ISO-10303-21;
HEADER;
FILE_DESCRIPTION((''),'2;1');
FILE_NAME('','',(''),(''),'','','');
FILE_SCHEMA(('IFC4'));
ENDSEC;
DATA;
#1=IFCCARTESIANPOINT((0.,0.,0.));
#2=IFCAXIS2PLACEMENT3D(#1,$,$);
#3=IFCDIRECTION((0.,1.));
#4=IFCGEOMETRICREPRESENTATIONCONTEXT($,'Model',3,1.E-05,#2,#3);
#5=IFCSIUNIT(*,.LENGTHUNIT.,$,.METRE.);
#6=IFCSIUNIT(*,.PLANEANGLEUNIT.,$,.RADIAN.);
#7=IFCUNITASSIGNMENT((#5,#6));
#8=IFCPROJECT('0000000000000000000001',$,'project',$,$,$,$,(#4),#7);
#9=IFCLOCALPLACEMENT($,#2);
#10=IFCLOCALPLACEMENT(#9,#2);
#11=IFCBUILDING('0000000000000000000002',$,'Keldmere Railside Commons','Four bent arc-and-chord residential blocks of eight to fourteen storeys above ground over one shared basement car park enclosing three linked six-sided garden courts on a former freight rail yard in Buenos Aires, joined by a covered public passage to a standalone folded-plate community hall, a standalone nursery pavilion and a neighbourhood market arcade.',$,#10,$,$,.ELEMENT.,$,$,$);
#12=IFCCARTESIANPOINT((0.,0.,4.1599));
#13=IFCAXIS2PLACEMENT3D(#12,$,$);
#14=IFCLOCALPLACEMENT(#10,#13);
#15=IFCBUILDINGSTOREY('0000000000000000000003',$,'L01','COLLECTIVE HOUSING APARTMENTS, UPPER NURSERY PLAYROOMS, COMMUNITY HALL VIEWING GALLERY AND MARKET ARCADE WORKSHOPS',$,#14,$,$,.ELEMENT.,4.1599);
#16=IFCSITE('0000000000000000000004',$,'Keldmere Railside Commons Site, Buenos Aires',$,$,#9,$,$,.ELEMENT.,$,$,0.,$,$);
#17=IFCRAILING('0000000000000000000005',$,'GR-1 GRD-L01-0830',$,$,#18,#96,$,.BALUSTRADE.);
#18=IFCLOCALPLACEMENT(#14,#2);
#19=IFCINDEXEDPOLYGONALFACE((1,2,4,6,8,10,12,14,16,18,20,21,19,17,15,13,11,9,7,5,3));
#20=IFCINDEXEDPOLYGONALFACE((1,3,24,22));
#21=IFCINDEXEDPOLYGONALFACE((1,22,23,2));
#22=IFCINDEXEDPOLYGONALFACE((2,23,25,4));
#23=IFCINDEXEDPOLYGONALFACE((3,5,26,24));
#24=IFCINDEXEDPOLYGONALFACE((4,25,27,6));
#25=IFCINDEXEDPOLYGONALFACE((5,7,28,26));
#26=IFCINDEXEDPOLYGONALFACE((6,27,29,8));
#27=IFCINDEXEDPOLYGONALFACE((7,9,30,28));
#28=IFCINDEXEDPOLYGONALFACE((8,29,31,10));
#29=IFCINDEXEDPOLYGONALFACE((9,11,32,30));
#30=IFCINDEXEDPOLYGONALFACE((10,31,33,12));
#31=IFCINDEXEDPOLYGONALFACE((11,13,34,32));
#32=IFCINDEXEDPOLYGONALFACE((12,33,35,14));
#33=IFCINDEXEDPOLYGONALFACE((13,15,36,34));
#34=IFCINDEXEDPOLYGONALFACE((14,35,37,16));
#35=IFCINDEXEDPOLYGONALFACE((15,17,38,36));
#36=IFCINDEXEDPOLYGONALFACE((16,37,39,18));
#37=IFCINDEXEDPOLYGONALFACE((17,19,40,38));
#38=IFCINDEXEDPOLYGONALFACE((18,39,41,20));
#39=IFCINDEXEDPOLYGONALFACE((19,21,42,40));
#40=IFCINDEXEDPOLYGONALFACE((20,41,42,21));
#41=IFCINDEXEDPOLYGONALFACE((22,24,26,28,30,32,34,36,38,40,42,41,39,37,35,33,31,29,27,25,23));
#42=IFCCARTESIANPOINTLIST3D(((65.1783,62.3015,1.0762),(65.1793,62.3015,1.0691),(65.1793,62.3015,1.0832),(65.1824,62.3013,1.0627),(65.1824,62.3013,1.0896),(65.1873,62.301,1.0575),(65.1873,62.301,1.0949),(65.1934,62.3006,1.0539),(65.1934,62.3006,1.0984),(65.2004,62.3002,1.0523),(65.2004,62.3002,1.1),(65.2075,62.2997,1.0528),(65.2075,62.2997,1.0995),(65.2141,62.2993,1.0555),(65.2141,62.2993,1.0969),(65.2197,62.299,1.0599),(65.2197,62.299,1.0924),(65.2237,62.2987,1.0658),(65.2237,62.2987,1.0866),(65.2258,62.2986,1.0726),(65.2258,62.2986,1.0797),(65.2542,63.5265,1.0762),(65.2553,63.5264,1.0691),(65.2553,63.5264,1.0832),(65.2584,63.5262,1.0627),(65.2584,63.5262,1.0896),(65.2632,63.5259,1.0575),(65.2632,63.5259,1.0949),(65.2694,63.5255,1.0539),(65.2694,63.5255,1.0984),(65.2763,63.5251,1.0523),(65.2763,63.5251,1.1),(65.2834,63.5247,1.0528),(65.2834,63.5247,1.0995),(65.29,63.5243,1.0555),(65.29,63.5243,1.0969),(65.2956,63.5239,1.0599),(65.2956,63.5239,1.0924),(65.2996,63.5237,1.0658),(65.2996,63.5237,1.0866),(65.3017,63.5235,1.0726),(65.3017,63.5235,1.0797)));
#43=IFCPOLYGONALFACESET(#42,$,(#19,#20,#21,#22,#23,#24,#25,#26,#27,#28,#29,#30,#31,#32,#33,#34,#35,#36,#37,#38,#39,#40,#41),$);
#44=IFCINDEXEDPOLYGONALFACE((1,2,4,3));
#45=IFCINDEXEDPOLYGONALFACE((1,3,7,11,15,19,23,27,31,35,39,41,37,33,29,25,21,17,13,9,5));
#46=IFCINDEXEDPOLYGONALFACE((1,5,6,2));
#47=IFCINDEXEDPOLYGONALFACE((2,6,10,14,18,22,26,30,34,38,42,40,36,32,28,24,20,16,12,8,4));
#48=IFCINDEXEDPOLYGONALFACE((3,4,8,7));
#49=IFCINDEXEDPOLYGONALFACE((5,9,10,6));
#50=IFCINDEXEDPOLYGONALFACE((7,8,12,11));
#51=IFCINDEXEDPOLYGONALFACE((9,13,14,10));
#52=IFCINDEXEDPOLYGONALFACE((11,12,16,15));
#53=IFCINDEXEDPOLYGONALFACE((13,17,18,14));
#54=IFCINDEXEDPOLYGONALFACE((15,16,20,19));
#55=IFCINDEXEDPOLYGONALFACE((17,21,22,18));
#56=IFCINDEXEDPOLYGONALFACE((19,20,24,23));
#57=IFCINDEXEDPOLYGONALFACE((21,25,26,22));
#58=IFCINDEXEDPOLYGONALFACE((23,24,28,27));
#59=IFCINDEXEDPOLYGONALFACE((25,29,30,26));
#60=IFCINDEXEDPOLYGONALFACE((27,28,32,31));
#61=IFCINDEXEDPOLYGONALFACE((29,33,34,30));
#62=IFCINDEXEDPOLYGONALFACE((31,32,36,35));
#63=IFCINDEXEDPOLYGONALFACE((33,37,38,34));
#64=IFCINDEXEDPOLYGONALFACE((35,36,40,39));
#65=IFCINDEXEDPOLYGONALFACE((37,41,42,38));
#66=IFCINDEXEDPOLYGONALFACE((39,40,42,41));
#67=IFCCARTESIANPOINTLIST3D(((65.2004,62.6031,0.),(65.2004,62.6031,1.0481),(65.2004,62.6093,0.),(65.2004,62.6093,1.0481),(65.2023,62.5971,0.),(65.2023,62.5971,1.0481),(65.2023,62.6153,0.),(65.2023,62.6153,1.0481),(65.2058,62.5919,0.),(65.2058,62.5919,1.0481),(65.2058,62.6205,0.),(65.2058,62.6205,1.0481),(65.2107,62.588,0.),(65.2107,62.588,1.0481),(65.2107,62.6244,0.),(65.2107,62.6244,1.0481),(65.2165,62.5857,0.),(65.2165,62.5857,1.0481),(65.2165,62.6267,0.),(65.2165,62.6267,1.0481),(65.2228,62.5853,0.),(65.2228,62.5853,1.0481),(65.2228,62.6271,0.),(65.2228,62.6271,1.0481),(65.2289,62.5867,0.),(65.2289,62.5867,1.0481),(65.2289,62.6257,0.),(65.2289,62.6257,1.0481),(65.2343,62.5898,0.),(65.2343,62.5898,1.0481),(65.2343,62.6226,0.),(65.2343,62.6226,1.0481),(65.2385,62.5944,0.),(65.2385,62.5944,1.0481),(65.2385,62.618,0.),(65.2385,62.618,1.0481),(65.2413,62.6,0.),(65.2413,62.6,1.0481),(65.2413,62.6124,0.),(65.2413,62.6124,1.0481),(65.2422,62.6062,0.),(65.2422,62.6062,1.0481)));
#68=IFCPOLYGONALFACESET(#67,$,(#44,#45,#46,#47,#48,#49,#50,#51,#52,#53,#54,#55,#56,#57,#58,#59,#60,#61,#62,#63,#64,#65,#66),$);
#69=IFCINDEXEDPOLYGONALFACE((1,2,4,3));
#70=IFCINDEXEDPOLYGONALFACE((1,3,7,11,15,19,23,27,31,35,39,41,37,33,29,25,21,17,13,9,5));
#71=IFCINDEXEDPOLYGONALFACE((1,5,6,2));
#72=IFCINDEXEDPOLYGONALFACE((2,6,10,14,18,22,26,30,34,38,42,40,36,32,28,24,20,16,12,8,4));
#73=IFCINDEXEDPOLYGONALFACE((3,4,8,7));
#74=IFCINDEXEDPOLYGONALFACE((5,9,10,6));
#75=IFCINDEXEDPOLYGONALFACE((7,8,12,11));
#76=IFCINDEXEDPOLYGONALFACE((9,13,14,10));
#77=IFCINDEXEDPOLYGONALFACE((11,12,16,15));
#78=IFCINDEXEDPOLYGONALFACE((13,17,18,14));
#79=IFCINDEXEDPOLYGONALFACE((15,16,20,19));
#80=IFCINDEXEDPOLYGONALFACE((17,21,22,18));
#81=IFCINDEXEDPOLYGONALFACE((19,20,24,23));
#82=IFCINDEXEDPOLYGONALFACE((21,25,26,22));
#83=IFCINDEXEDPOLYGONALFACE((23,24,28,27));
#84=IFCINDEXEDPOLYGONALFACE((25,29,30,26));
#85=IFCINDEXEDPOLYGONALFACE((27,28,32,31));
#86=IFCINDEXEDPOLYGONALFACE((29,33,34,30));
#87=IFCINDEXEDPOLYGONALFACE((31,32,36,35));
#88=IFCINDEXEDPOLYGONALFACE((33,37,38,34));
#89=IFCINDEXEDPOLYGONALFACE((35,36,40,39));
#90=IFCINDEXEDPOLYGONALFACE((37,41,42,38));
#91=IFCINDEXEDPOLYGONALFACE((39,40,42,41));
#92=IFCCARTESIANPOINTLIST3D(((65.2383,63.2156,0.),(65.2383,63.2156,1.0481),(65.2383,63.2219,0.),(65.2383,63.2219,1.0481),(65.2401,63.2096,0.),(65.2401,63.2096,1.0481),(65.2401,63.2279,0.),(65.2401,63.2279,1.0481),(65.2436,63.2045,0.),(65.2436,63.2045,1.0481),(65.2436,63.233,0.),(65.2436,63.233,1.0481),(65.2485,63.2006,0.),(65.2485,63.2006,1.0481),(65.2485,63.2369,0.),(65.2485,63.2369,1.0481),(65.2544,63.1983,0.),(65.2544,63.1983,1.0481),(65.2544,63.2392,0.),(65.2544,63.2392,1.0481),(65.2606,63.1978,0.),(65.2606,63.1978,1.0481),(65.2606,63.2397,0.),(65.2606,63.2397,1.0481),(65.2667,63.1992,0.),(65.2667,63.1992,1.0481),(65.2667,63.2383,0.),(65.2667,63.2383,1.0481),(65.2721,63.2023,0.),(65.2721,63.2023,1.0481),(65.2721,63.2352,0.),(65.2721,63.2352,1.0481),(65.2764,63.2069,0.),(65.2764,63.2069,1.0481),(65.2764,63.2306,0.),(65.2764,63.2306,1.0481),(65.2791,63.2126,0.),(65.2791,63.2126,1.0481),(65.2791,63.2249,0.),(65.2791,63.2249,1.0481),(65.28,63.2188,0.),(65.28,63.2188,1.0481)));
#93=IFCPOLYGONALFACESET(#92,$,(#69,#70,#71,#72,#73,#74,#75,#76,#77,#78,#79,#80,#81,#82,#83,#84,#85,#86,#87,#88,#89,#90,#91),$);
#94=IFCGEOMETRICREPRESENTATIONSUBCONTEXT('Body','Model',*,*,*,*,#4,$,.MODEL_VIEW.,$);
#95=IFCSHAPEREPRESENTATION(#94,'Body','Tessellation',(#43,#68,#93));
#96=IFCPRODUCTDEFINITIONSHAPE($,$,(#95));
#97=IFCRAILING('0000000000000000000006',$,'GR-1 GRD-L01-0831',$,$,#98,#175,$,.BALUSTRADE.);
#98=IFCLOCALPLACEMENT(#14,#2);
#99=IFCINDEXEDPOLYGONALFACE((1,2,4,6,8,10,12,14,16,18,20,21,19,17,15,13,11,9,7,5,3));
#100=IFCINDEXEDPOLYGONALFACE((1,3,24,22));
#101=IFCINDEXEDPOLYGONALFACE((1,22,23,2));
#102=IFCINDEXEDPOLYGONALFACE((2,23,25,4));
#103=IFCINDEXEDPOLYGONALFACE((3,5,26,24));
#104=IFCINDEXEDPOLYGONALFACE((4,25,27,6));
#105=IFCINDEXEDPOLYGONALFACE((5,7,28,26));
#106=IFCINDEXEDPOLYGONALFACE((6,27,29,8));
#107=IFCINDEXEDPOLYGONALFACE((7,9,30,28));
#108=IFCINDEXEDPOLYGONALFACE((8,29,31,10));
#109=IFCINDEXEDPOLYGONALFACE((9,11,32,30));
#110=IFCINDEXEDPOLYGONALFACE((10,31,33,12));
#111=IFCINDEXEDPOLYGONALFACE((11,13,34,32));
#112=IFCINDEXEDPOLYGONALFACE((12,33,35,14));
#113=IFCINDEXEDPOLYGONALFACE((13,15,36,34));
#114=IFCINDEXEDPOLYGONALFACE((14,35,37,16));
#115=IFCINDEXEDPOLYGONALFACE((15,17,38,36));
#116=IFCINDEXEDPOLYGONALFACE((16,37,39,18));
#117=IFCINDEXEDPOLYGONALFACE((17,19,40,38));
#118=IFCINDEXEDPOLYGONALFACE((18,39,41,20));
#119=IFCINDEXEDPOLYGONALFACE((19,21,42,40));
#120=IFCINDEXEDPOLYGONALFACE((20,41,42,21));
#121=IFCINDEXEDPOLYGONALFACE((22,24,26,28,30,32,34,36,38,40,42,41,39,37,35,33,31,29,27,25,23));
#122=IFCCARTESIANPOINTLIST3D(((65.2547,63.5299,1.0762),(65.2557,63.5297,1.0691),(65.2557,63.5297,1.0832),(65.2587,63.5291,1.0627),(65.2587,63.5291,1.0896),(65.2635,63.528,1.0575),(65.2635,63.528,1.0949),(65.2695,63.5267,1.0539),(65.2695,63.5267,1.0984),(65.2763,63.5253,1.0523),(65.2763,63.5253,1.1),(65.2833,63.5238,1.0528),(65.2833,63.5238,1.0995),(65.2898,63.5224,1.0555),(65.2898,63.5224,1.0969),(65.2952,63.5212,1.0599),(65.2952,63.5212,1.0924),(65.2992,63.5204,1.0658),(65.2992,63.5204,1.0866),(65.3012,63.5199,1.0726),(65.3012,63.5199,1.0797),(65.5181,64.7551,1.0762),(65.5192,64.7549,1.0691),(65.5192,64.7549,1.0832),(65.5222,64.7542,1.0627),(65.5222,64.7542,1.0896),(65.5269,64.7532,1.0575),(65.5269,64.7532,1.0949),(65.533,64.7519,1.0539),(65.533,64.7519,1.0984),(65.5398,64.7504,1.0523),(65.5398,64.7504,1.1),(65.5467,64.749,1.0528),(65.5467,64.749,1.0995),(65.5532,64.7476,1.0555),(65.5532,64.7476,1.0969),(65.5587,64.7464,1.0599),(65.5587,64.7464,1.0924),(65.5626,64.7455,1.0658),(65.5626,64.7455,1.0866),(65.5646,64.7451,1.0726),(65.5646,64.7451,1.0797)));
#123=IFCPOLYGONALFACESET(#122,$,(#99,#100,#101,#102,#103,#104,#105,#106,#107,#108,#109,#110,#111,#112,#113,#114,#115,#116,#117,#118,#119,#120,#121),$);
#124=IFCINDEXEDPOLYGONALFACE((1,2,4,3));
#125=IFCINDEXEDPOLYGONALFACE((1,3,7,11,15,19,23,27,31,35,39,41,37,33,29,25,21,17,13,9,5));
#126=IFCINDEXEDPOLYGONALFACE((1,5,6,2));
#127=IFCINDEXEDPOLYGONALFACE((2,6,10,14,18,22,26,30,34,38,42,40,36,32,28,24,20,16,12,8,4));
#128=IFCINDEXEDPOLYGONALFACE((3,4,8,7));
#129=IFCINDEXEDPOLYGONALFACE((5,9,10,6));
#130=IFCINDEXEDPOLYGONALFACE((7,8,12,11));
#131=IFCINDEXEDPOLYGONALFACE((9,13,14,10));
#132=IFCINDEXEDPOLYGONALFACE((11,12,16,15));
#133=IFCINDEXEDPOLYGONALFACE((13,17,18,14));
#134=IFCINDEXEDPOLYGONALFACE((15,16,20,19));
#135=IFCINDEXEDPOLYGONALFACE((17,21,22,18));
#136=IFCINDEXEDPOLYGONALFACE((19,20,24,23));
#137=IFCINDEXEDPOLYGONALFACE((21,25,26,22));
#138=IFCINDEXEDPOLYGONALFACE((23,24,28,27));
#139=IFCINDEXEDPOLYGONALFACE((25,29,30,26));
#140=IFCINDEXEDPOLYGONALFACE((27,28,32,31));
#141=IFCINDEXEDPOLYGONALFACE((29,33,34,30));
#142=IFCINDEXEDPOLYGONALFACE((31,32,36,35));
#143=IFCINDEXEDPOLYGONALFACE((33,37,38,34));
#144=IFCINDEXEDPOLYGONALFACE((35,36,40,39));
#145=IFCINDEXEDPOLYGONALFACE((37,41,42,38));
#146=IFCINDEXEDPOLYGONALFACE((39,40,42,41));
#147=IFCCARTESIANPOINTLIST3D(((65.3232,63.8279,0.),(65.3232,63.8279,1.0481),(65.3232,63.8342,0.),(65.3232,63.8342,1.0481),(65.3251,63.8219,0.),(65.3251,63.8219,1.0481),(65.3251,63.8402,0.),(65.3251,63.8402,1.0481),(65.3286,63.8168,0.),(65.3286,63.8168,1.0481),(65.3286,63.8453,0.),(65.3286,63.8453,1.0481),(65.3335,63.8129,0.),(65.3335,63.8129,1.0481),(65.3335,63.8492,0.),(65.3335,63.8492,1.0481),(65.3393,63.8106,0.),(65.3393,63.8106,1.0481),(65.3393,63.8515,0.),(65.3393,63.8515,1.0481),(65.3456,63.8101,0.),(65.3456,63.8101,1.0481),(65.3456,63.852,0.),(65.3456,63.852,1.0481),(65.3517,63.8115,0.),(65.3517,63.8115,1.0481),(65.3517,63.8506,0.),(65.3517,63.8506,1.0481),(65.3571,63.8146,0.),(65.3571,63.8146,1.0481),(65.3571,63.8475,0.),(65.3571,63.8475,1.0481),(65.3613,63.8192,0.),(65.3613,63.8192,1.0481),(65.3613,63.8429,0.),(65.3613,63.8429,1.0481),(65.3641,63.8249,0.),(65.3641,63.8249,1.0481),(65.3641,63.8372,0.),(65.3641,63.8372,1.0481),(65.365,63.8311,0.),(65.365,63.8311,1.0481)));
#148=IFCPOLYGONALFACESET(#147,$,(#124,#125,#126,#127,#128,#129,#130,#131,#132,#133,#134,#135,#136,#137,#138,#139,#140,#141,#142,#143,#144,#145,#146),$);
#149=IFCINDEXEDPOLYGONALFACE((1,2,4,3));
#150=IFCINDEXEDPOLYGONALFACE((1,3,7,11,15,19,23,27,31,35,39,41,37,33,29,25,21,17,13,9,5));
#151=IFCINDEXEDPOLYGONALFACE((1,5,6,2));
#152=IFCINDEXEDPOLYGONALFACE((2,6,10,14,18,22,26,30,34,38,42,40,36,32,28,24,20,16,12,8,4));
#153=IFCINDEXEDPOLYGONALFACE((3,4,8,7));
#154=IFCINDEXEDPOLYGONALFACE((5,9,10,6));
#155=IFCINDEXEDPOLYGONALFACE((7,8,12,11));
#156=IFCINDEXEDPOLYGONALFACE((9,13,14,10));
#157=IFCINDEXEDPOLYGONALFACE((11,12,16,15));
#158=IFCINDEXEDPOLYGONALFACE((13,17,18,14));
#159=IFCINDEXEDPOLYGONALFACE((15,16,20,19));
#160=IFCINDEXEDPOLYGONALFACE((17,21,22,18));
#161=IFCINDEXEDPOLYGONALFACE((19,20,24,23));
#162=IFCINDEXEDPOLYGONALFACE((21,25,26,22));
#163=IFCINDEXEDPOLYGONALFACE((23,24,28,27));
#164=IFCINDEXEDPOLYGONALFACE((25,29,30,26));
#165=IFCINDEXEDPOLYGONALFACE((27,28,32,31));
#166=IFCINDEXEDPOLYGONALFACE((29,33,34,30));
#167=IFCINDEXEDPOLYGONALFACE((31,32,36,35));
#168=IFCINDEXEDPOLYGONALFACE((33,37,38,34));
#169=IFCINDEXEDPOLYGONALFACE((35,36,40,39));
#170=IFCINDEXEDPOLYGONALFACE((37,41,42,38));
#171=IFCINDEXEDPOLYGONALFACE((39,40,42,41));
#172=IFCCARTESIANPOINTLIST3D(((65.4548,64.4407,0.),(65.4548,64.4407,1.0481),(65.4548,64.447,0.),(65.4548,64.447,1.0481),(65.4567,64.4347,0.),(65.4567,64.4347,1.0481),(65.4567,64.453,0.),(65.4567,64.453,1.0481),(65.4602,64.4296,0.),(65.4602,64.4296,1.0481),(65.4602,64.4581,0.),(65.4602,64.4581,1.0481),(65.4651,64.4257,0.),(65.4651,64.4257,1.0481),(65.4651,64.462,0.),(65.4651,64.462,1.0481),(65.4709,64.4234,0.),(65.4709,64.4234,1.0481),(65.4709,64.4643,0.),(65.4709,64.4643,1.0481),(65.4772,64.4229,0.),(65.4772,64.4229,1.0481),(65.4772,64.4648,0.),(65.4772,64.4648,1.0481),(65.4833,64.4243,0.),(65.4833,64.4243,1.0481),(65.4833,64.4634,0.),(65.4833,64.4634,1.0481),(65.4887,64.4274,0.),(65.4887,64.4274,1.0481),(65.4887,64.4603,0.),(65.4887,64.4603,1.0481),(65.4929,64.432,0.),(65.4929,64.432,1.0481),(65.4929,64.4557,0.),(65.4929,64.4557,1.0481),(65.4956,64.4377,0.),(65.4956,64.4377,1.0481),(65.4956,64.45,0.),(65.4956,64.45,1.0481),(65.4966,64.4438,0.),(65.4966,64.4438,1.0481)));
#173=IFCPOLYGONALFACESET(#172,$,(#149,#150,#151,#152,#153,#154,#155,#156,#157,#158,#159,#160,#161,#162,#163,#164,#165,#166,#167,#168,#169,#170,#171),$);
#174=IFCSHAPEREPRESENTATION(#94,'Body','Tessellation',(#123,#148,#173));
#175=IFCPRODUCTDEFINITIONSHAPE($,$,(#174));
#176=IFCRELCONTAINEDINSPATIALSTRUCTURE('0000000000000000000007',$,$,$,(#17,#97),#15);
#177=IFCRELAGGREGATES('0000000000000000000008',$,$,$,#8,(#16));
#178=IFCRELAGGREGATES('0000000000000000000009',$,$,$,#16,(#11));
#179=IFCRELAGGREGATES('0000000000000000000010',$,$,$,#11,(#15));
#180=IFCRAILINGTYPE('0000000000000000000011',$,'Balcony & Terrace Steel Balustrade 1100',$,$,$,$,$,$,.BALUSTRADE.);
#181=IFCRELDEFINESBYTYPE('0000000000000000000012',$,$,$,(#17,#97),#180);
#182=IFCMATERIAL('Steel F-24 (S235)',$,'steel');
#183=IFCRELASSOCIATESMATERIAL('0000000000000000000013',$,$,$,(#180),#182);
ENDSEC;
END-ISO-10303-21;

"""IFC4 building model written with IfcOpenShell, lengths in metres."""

from ifc_helpers import new_model, si_unit, direction, frame, origin, origin_2d, place, context, subcontext, project, spatial, circle, extrude, material, type_object, element, save


model = new_model("IFC4")

# Units and contexts
model_context = context("Model", 3, precision=1e-05, world=origin(), true_north=direction((0.0, 1.0)))
body_context = subcontext(model_context, "Body", "Model", "MODEL_VIEW")
ifc_project = project(units=[si_unit("LENGTHUNIT", "METRE"), si_unit("PLANEANGLEUNIT", "RADIAN")], contexts=[model_context])

# Site, building, storey
site_placement = place(None, origin())
site = spatial("IfcSite", under=ifc_project, at=site_placement, Name="Keldmere Railside Commons Site, Buenos Aires", CompositionType="ELEMENT", RefElevation=0.0)
building_placement = place(site_placement, origin())
building = spatial("IfcBuilding", under=site, at=building_placement, Name="Keldmere Railside Commons", Description="Four bent arc-and-chord residential blocks of eight to fourteen storeys above ground over one shared basement car park enclosing three linked six-sided garden courts on a former freight rail yard in Buenos Aires, joined by a covered public passage to a standalone folded-plate community hall, a standalone nursery pavilion and a neighbourhood market arcade.", CompositionType="ELEMENT")
storey_placement = place(building_placement, frame((0.0, 0.0, 4.1599)))
storey = spatial("IfcBuildingStorey", under=building, at=storey_placement, Name="L01", Description="COLLECTIVE HOUSING APARTMENTS, UPPER NURSERY PLAYROOMS, COMMUNITY HALL VIEWING GALLERY AND MARKET ARCADE WORKSHOPS", CompositionType="ELEMENT", Elevation=4.1599)

# Railings
ifc_material_1 = material(Name="Steel F-24 (S235)", Category="steel")
railing_type = type_object("IfcRailingType", Name="Balcony & Terrace Steel Balustrade 1100", PredefinedType="BALUSTRADE", material=ifc_material_1)
railing_1_placement = place(storey_placement, frame((65.2021, 62.3, 0.0)))
element("IfcRailing", 1, at=railing_1_placement, inside=storey, type_object=railing_type, Name="GR-1 GRD-L01-0830", PredefinedType="BALUSTRADE", context=body_context, shape_type="SweptSolid", body=[
    extrude(circle(Radius=0.0239, at=origin_2d()), frame((0.0, 0.0, 1.0762), z_axis=(0.06187, 0.998084, 0.0), x_axis=(-0.998084, 0.06187, 0.0)), (0.0, 0.0, 1.0), 1.2273),
    extrude(circle(Radius=0.021, at=origin_2d()), frame((0.019, 0.3062, 0.0)), (0.0, 0.0, 1.0), 1.0481),
    extrude(circle(Radius=0.021, at=origin_2d()), frame((0.0569, 0.9187, 0.0)), (0.0, 0.0, 1.0), 1.0481),
])
railing_2_placement = place(storey_placement, frame((65.2781, 63.5249, 0.0)))
element("IfcRailing", 2, at=railing_2_placement, inside=storey, type_object=railing_type, Name="GR-1 GRD-L01-0831", PredefinedType="BALUSTRADE", context=body_context, shape_type="SweptSolid", body=[
    extrude(circle(Radius=0.0239, at=origin_2d()), frame((0.0, 0.0, 1.0762), z_axis=(0.210221, 0.977654, 0.0), x_axis=(-0.977654, 0.210221, 0.0)), (0.0, 0.0, 1.0), 1.2532),
    extrude(circle(Radius=0.021, at=origin_2d()), frame((0.0659, 0.3062, 0.0)), (0.0, 0.0, 1.0), 1.0481),
    extrude(circle(Radius=0.021, at=origin_2d()), frame((0.1975, 0.9189, 0.0)), (0.0, 0.0, 1.0), 1.0481),
])

save(model, "model.ifc")
